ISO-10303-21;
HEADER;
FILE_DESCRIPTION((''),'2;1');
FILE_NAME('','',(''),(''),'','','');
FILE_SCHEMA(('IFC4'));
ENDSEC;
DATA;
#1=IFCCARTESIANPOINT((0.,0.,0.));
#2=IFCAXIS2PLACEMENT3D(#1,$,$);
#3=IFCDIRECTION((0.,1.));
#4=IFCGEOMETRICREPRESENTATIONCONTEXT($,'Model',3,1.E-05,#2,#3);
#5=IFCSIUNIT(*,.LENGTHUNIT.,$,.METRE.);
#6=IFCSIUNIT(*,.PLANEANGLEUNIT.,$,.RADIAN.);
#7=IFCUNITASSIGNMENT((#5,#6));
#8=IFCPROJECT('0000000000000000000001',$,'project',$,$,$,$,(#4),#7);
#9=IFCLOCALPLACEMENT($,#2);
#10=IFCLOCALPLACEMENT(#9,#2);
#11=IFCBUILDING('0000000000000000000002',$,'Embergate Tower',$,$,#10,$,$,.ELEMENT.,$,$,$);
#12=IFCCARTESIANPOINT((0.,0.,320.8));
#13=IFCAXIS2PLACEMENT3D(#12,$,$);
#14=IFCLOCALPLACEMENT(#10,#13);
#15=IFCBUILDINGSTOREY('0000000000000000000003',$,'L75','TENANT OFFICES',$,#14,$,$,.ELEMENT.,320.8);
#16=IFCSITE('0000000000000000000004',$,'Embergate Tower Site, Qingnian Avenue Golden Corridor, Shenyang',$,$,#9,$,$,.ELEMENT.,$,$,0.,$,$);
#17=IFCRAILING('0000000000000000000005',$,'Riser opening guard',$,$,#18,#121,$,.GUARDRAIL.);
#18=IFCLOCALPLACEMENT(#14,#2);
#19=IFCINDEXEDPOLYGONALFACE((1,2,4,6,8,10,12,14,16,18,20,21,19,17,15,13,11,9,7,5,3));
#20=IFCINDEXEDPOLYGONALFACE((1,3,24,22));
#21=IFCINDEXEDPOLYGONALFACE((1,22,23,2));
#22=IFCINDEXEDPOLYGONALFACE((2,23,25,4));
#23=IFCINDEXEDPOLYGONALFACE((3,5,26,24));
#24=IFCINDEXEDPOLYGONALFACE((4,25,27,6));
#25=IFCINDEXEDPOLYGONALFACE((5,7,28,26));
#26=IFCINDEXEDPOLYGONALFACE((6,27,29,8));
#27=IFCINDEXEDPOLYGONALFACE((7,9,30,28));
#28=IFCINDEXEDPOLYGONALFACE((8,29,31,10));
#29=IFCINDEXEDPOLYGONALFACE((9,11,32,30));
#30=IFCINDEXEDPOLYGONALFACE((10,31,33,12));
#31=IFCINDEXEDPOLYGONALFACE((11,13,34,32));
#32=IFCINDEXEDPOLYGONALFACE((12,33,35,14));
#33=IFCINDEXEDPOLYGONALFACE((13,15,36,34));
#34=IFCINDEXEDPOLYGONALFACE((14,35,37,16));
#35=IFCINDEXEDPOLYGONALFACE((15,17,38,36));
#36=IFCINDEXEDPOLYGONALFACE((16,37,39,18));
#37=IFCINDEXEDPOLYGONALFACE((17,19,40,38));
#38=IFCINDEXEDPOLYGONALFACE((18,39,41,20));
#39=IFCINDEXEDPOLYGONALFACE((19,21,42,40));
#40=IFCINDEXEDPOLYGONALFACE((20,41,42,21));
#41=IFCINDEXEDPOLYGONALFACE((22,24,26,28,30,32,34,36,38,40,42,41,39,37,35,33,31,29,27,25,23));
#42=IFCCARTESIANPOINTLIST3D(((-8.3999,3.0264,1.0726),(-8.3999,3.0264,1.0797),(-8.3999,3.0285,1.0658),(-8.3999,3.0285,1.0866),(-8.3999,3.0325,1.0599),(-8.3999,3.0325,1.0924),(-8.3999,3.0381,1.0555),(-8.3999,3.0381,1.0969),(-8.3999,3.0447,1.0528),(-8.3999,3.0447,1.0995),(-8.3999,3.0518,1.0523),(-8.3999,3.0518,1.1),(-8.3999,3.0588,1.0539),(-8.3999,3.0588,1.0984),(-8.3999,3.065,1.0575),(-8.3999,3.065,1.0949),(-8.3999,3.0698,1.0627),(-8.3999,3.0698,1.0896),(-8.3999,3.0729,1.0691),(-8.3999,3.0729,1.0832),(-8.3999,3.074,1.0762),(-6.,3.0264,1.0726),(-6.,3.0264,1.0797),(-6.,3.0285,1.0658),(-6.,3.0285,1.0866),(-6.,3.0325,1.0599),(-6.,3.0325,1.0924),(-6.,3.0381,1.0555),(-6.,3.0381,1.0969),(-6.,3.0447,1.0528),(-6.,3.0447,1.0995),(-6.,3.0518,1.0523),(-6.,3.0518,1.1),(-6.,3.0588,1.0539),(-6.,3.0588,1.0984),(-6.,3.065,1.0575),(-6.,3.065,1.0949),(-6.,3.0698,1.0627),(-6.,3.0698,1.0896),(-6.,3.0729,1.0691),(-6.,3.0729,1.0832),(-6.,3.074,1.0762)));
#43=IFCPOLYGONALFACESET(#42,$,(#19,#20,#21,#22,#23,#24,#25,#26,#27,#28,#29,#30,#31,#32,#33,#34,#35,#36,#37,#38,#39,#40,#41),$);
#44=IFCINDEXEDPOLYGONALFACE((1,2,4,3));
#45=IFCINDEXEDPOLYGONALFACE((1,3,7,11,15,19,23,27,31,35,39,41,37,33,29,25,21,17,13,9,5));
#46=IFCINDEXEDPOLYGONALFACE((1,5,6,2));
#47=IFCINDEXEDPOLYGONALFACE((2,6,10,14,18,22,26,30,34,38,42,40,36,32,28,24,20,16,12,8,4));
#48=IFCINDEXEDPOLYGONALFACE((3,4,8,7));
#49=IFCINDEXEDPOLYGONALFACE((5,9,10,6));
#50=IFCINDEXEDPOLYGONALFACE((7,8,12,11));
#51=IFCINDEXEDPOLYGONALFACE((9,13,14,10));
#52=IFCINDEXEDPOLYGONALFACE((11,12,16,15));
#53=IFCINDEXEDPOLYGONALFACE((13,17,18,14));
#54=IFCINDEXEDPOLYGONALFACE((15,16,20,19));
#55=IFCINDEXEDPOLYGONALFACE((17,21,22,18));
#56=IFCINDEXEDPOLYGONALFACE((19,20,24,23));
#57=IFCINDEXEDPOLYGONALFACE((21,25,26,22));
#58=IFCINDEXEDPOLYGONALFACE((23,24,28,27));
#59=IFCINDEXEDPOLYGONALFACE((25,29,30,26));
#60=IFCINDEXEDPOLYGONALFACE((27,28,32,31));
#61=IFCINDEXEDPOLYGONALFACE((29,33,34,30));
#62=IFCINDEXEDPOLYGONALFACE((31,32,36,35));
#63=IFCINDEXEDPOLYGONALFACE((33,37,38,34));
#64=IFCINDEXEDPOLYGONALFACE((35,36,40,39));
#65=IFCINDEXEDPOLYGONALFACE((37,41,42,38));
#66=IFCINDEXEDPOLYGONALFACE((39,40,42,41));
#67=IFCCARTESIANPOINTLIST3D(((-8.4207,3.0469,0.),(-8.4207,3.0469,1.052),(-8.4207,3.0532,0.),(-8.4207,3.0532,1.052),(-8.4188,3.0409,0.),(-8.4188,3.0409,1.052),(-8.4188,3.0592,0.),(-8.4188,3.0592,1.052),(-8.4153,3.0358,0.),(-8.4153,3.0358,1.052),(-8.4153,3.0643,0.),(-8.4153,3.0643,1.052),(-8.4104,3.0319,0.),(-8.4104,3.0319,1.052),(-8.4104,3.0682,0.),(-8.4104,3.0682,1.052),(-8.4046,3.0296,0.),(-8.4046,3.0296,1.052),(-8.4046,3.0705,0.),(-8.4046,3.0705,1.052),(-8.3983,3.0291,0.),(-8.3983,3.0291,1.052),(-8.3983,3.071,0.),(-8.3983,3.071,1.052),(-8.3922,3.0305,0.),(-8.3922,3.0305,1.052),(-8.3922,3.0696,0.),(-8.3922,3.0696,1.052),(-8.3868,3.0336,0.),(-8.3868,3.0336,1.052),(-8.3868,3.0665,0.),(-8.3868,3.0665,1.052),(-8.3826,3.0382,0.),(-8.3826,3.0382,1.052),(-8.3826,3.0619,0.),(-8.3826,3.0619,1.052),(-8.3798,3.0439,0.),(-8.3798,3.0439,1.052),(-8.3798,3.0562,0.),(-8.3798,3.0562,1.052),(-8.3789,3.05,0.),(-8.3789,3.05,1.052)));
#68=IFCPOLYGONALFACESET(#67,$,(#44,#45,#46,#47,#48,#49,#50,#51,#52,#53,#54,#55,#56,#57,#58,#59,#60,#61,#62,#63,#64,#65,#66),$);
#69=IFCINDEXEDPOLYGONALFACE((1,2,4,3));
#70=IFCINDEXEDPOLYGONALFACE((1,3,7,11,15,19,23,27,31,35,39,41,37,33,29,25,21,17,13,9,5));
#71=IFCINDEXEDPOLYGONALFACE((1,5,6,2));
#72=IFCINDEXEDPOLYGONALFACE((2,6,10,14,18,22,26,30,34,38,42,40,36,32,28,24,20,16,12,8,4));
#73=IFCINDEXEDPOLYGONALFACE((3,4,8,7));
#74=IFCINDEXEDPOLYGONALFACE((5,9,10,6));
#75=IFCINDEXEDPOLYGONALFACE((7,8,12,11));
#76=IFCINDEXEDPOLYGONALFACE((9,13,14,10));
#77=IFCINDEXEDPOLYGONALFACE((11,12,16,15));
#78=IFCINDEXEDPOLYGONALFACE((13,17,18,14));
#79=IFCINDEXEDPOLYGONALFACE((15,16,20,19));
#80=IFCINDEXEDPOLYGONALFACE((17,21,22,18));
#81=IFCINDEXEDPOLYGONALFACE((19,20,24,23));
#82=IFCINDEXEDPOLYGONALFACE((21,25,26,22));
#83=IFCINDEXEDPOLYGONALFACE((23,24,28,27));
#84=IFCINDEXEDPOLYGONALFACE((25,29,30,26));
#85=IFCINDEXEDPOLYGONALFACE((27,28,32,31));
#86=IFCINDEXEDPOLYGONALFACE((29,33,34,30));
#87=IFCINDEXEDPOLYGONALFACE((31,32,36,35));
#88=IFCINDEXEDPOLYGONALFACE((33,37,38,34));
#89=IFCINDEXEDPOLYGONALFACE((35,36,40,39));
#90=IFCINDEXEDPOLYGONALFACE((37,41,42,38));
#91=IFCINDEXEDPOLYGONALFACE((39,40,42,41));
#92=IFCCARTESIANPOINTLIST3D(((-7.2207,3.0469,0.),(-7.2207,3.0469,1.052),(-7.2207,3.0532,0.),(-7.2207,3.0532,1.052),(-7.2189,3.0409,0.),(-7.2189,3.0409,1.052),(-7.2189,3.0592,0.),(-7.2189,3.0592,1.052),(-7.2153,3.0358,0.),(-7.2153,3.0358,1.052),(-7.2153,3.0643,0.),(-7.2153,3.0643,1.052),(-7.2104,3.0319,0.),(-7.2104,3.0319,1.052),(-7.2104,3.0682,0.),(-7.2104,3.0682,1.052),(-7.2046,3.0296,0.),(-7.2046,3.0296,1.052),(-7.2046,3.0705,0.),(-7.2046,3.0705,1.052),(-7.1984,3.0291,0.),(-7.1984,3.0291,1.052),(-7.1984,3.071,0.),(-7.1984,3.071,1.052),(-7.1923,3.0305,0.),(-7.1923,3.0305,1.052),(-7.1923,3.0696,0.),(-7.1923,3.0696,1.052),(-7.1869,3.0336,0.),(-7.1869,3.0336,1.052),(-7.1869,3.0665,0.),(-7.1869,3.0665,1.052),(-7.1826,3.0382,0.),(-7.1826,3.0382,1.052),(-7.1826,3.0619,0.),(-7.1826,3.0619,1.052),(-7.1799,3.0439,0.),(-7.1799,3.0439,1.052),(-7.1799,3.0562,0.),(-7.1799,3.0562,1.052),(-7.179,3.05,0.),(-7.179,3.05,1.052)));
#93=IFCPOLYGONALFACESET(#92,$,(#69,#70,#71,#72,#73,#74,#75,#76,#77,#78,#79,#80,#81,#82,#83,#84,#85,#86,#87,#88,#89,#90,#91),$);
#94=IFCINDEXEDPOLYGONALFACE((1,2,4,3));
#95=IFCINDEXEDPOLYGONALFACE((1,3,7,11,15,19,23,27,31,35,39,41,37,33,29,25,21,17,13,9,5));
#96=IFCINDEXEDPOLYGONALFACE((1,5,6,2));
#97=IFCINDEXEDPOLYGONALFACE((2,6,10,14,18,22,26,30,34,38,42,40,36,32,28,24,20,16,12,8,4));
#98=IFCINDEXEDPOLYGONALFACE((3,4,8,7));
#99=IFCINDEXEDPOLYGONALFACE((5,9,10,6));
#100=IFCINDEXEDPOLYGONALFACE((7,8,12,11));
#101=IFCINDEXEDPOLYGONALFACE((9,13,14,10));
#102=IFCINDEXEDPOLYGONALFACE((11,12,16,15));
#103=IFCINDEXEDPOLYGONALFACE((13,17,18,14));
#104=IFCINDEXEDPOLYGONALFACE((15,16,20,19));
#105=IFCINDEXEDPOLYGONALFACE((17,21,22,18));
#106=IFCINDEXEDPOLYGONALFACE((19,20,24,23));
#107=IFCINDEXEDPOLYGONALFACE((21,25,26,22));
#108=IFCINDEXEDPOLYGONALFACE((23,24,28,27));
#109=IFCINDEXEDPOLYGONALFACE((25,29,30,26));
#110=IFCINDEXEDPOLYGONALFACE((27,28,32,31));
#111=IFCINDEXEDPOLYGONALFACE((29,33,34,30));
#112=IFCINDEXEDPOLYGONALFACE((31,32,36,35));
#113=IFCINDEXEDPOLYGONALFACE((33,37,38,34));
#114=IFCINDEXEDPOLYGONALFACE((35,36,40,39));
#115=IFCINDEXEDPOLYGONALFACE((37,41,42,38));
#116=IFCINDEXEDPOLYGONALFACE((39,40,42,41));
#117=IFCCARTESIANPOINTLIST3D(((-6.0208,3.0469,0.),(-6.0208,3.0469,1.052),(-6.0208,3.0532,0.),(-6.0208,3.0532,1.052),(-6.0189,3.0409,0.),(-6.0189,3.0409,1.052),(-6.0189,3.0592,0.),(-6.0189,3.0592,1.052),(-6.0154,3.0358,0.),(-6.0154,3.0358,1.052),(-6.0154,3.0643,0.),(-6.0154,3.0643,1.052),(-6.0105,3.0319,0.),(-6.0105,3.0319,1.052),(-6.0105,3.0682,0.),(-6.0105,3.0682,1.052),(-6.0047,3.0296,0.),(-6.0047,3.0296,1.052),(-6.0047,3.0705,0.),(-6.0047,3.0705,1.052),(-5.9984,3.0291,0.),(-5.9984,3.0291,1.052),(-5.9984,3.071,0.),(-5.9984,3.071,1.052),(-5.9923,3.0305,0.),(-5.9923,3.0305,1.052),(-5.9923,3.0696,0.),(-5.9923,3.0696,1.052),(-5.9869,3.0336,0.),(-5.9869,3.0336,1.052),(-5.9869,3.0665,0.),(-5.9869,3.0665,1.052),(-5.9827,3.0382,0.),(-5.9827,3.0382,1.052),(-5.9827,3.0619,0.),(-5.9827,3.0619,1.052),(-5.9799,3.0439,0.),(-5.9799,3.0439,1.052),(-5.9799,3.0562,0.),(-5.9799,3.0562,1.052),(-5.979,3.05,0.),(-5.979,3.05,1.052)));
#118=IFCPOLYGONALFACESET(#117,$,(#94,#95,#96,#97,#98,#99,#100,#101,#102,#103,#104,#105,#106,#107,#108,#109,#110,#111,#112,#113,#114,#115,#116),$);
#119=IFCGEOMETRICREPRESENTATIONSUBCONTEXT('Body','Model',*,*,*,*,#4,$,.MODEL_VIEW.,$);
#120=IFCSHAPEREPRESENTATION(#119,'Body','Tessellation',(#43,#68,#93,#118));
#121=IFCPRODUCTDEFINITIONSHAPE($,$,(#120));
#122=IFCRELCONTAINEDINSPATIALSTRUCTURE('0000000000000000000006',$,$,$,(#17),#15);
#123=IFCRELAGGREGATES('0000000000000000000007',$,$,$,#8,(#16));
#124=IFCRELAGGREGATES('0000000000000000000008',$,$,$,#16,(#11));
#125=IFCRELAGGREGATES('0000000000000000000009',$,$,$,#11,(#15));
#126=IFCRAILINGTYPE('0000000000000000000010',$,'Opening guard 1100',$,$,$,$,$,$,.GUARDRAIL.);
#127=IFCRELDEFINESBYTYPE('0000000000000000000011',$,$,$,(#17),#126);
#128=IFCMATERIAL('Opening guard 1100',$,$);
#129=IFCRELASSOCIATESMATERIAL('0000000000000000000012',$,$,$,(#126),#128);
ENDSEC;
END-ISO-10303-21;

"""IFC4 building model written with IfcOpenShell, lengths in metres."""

from ifc_helpers import new_model, si_unit, direction, frame, origin, origin_2d, place, context, subcontext, project, spatial, circle, extrude, source, transform, mapped, material, type_object, element, save


model = new_model("IFC4")

# Units and contexts
model_context = context("Model", 3, precision=1e-05, world=origin(), true_north=direction((0.0, 1.0)))
body_context = subcontext(model_context, "Body", "Model", "MODEL_VIEW")
ifc_project = project(units=[si_unit("LENGTHUNIT", "METRE"), si_unit("PLANEANGLEUNIT", "RADIAN")], contexts=[model_context])

# Site, building, storey
site_placement = place(None, origin())
site = spatial("IfcSite", under=ifc_project, at=site_placement, Name="Embergate Tower Site, Qingnian Avenue Golden Corridor, Shenyang", CompositionType="ELEMENT", RefElevation=0.0)
building_placement = place(site_placement, origin())
building = spatial("IfcBuilding", under=site, at=building_placement, Name="Embergate Tower", CompositionType="ELEMENT")
storey_placement = place(building_placement, frame((0.0, 0.0, 320.8)))
storey = spatial("IfcBuildingStorey", under=building, at=storey_placement, Name="L75", Description="TENANT OFFICES", CompositionType="ELEMENT", Elevation=320.8)

# Railing
ifc_material_1 = material(Name="Opening guard 1100")
railing_type_1 = type_object("IfcRailingType", Name="Opening guard 1100", PredefinedType="GUARDRAIL", material=ifc_material_1)
shared_shape_1 = source(origin(), body_context, "Body", "SweptSolid", [
    extrude(circle(Radius=0.0239, at=origin_2d()), frame((0.0, 0.0, 1.0762), z_axis=(1.0, 0.0, 0.0), x_axis=(0.0, 1.0, 0.0)), (0.0, 0.0, 1.0), 2.3999),
    extrude(circle(Radius=0.021, at=origin_2d()), origin(), (0.0, 0.0, 1.0), 1.052),
    extrude(circle(Radius=0.021, at=origin_2d()), frame((1.2, 0.0, 0.0)), (0.0, 0.0, 1.0), 1.052),
    extrude(circle(Radius=0.021, at=origin_2d()), frame((2.3999, 0.0, 0.0)), (0.0, 0.0, 1.0), 1.052),
])
railing_1_placement = place(storey_placement, frame((-8.3999, 3.05, 0.0)))
element("IfcRailing", 1, at=railing_1_placement, inside=storey, type_object=railing_type_1, Name="Riser opening guard", PredefinedType="GUARDRAIL", context=body_context, shape_type="MappedRepresentation", body=[
    mapped(shared_shape_1, transform((0.0, 0.0, 0.0))),
])

save(model, "model.ifc")
